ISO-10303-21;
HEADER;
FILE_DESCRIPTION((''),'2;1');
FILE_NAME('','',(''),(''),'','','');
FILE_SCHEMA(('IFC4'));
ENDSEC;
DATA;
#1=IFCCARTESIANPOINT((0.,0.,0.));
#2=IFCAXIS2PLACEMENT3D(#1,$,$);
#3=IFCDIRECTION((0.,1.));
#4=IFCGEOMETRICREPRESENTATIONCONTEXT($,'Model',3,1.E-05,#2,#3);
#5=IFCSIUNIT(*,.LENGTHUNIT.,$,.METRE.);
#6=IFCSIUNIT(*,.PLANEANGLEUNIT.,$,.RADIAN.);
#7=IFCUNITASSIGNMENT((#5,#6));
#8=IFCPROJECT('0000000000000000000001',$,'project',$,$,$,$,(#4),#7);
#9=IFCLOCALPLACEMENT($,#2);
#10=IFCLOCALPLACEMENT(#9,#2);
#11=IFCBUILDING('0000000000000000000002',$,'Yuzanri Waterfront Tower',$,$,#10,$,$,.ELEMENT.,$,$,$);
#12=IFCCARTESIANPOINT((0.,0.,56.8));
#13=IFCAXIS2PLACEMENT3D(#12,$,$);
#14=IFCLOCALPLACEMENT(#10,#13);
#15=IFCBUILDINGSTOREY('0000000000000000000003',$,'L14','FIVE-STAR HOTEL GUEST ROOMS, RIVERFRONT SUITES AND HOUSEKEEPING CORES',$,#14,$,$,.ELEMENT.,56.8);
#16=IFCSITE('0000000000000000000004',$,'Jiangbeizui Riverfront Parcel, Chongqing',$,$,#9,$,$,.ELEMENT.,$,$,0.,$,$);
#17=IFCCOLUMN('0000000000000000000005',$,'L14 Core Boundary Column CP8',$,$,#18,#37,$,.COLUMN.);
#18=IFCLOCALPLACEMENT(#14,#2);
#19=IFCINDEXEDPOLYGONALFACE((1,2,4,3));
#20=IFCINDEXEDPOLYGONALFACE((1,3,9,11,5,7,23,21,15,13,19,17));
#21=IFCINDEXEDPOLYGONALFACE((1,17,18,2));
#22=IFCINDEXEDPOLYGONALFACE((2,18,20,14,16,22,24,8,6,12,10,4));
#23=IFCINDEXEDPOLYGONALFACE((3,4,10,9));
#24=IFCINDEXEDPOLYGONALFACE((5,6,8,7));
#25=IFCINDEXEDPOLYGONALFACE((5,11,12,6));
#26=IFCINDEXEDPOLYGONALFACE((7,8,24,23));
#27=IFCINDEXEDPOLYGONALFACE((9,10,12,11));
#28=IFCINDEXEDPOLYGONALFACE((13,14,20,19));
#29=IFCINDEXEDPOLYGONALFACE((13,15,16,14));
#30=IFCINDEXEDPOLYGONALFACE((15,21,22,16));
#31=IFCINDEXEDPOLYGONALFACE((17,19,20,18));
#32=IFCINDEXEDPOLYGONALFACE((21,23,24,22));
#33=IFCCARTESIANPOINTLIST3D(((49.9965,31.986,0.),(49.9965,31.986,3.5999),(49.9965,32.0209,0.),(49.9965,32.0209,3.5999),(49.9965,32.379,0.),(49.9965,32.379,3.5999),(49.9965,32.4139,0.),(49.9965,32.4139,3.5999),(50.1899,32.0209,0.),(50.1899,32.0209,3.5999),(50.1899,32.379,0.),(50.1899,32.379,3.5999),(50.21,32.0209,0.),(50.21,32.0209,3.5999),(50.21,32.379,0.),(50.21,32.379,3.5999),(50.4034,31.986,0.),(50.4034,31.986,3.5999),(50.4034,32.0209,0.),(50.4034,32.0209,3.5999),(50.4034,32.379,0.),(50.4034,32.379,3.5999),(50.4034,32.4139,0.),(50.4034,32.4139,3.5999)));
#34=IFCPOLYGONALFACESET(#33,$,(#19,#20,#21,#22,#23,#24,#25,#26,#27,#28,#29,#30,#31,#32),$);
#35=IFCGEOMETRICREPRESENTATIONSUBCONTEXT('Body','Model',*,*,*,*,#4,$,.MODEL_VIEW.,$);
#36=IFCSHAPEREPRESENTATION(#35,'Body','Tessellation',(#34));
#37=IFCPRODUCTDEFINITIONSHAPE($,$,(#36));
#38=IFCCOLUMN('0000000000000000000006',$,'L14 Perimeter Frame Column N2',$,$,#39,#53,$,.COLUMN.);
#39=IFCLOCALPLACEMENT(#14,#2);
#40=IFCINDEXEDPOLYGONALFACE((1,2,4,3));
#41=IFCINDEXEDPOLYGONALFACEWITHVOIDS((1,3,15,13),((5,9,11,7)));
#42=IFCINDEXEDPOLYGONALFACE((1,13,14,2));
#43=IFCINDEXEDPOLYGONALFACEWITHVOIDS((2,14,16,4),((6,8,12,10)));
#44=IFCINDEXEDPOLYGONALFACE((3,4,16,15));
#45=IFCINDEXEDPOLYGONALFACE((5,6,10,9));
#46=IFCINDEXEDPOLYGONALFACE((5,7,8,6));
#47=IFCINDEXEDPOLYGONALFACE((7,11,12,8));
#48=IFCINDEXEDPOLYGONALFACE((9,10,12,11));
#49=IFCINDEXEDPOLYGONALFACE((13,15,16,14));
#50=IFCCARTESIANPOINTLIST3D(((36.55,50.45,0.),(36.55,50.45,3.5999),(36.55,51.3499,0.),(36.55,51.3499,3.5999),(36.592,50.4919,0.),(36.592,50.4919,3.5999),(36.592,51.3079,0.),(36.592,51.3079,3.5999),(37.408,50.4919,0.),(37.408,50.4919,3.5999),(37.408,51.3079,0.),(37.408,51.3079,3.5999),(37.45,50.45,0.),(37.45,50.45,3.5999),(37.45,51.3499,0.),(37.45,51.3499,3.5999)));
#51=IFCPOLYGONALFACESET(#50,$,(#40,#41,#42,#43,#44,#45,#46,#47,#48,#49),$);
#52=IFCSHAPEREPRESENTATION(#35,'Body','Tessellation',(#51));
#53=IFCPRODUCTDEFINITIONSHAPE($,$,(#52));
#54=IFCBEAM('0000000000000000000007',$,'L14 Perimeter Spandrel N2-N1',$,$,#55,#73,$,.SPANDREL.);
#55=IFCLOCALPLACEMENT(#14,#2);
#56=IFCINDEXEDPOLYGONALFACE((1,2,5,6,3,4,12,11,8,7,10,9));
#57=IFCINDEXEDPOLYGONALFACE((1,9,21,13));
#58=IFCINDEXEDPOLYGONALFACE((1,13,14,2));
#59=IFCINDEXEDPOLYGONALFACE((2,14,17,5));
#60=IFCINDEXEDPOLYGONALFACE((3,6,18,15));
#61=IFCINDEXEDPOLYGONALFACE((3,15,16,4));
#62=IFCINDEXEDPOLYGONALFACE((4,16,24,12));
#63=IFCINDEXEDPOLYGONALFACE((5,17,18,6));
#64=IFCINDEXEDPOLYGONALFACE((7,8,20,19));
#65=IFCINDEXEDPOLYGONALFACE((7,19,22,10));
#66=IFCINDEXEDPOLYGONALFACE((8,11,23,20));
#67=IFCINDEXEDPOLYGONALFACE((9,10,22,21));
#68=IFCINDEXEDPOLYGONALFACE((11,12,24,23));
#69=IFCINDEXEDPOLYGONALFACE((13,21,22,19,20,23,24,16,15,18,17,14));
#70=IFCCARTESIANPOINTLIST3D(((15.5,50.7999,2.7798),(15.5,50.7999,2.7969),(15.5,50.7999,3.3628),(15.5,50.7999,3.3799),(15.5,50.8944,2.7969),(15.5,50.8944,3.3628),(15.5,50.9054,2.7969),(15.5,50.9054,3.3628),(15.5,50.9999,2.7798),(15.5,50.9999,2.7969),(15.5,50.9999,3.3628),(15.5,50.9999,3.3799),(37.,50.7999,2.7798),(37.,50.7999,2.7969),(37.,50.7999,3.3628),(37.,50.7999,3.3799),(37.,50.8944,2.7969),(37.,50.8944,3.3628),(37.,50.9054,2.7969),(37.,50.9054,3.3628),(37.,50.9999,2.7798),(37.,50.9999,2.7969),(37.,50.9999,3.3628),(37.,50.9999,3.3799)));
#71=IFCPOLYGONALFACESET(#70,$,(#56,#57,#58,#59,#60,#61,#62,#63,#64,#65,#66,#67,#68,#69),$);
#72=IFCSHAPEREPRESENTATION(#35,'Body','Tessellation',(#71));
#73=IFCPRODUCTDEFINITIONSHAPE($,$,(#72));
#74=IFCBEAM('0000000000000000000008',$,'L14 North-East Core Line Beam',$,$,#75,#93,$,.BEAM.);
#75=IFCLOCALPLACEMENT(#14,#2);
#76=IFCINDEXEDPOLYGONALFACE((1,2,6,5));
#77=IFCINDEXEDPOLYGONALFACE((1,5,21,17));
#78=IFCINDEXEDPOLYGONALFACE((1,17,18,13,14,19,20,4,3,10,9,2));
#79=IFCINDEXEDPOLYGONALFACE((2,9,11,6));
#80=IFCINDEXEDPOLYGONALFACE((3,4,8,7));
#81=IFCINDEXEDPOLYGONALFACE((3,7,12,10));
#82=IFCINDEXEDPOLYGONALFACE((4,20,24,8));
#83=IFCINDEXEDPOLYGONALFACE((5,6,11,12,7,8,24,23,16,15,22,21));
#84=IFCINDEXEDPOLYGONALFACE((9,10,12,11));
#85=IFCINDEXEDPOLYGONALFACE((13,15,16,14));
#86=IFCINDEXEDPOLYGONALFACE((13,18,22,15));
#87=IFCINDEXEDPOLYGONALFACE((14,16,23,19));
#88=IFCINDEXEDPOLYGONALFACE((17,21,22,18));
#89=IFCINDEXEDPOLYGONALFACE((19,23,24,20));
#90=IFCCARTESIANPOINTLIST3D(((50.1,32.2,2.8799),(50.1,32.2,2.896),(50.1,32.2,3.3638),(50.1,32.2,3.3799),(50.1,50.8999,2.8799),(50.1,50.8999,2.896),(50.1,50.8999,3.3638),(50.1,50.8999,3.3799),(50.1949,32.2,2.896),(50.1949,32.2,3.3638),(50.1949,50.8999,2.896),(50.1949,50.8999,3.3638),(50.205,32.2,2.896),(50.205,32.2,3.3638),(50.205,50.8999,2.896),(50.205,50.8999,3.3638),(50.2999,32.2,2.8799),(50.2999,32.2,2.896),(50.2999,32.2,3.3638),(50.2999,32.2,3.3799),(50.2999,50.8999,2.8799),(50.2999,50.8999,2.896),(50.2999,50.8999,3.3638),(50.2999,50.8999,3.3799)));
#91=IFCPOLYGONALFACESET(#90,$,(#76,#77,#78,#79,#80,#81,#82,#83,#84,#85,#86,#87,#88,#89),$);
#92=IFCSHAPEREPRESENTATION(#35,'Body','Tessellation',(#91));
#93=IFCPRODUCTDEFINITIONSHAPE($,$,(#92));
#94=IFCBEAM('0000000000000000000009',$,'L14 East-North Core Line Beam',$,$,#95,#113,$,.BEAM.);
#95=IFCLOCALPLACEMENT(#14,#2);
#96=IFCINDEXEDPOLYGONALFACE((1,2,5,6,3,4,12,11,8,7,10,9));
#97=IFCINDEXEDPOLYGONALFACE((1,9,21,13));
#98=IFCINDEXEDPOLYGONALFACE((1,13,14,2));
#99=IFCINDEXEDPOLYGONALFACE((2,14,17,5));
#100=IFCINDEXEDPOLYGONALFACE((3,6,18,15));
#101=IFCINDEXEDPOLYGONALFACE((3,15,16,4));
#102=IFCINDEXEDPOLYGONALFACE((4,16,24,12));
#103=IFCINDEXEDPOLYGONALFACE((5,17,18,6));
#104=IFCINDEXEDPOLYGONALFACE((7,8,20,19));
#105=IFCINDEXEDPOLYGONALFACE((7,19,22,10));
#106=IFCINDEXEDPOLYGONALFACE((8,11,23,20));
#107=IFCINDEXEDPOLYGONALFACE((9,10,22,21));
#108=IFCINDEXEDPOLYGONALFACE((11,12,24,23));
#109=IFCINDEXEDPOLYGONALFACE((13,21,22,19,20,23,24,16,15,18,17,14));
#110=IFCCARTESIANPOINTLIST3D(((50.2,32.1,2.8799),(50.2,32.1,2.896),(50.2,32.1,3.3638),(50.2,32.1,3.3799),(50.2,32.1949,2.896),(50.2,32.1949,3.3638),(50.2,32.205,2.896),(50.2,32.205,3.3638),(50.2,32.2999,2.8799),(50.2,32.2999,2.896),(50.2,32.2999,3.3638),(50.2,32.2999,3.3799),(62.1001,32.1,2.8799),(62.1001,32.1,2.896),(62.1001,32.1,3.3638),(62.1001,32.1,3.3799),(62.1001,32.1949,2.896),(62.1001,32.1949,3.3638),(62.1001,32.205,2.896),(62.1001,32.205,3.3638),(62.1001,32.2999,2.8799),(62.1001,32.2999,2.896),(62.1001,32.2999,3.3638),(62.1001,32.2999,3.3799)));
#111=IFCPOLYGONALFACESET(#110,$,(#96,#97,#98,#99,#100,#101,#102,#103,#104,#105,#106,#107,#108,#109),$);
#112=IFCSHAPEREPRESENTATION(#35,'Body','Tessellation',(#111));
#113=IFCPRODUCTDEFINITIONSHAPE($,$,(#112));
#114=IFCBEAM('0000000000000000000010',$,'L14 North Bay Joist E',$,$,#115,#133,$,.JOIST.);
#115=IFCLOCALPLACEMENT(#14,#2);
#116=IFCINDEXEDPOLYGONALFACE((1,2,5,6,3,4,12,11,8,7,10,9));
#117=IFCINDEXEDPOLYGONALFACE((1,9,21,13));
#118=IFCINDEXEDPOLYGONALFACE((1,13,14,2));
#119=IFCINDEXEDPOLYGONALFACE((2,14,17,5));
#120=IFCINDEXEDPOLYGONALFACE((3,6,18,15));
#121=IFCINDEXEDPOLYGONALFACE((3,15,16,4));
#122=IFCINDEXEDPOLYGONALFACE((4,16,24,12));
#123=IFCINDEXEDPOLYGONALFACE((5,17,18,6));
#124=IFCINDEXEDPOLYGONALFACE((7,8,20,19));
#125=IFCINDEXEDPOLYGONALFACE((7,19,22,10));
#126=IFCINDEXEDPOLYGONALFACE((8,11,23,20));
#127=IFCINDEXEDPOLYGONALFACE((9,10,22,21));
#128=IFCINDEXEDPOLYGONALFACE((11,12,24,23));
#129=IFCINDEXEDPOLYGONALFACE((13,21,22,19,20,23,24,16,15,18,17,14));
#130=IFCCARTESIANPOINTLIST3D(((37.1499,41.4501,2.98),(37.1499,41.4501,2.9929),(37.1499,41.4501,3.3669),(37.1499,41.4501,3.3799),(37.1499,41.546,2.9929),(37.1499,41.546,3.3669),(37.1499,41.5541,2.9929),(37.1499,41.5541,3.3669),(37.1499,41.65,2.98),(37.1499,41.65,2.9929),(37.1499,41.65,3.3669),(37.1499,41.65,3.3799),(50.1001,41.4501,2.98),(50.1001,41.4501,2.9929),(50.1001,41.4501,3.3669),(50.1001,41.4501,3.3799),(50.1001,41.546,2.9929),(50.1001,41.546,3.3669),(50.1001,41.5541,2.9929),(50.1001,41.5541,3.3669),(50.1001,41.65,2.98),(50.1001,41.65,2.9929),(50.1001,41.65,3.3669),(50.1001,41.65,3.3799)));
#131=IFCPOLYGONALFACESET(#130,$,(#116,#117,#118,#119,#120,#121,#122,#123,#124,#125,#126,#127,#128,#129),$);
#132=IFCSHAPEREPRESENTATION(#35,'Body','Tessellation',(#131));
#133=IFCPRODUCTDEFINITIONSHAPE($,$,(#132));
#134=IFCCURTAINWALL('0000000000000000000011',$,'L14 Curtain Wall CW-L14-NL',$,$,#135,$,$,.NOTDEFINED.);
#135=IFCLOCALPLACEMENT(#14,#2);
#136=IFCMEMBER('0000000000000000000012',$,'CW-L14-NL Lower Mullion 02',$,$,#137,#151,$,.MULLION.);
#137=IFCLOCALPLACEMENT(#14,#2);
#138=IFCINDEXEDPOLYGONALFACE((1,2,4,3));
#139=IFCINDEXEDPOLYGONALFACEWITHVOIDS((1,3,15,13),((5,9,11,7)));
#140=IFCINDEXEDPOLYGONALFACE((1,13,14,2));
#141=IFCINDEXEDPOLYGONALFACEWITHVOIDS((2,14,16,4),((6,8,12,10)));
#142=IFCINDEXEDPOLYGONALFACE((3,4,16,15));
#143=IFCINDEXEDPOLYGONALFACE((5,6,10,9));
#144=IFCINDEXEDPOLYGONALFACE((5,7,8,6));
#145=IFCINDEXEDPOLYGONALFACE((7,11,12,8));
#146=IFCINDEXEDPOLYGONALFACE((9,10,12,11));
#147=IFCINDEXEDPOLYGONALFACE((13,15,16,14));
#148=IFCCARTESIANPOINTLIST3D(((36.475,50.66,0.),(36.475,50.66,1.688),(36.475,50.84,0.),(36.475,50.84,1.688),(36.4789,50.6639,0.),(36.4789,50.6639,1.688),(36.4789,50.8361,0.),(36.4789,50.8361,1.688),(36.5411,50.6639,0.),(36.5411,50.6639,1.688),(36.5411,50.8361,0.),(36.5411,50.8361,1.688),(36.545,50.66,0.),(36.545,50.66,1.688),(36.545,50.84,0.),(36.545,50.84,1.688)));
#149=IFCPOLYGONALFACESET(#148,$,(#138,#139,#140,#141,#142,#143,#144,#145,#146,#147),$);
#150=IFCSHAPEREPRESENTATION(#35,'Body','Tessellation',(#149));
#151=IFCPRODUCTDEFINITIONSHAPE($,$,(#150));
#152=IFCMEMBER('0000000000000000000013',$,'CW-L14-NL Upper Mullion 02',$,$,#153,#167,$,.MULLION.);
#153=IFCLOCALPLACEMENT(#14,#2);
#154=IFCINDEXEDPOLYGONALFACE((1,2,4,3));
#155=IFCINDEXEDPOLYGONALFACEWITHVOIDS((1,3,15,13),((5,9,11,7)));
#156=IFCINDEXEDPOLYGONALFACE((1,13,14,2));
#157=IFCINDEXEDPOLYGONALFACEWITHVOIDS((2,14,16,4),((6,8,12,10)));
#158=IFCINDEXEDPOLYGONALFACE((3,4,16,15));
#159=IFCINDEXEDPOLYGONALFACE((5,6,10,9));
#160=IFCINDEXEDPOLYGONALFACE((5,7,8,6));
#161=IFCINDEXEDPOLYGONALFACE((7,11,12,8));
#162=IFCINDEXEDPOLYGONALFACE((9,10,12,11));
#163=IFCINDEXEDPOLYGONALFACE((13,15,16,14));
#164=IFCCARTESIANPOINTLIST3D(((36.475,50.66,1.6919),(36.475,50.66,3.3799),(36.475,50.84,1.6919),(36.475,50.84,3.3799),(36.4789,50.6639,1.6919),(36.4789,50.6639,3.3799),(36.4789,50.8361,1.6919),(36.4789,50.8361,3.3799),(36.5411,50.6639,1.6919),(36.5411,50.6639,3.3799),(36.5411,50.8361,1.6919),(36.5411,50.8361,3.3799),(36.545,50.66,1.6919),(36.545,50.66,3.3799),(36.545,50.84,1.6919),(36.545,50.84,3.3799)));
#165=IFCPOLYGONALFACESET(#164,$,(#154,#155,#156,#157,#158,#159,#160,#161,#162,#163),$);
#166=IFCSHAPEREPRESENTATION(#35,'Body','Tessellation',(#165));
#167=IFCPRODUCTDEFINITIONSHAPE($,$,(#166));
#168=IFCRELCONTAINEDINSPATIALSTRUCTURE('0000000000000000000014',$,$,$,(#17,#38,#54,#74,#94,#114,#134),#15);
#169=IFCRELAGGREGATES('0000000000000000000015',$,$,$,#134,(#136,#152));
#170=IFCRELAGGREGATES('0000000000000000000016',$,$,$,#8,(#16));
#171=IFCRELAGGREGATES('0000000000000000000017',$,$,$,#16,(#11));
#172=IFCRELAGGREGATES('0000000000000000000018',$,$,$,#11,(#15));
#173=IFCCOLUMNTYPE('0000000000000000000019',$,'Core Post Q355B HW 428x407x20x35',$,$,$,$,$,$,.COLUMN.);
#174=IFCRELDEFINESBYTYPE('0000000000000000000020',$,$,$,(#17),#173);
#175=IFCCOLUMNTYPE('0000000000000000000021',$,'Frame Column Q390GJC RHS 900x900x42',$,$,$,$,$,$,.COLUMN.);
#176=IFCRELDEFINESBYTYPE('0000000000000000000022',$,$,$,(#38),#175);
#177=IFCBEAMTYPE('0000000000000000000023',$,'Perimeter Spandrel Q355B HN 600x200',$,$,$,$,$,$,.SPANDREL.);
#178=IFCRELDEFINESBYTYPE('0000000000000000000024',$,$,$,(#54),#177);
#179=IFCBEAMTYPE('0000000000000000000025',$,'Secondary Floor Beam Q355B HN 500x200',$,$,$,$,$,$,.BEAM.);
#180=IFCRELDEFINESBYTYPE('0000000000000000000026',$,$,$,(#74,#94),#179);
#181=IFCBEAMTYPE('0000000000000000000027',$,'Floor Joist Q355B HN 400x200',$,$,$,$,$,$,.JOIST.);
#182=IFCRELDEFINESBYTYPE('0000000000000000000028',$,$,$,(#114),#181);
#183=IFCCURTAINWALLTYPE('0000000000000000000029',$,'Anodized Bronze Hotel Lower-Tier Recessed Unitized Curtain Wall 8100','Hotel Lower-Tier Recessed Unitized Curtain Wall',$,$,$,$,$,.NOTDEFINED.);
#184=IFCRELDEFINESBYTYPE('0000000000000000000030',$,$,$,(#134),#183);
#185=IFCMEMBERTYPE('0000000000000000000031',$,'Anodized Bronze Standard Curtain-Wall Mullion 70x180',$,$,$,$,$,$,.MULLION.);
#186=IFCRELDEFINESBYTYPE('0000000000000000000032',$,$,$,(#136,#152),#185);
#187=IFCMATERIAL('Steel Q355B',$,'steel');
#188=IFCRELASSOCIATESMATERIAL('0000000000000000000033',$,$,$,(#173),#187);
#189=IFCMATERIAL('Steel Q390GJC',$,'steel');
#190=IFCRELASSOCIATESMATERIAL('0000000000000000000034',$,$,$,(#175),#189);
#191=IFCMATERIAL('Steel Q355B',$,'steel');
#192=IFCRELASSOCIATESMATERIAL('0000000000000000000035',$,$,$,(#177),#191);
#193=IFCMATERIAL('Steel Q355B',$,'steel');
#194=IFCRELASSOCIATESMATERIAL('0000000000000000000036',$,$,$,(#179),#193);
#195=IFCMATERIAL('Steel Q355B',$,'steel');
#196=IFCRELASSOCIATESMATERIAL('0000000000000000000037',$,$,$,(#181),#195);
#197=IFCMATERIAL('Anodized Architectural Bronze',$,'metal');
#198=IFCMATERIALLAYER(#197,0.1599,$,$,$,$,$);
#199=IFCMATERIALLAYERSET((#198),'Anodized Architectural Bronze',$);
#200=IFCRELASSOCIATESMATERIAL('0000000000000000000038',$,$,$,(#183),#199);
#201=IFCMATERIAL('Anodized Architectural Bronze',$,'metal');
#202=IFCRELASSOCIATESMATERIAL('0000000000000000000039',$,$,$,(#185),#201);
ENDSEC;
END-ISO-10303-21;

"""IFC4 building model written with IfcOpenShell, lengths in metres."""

from ifc_helpers import new_model, si_unit, direction, frame, origin, origin_2d, place, context, subcontext, project, spatial, hollow_rectangle, i_section, extrude, source, transform, mapped, material, layer, layer_set, material_profile, profile_set, type_object, element, aggregate, save


model = new_model("IFC4")

# Units and contexts
model_context = context("Model", 3, precision=1e-05, world=origin(), true_north=direction((0.0, 1.0)))
body_context = subcontext(model_context, "Body", "Model", "MODEL_VIEW")
ifc_project = project(units=[si_unit("LENGTHUNIT", "METRE"), si_unit("PLANEANGLEUNIT", "RADIAN")], contexts=[model_context])

# Site, building, storey
site_placement = place(None, origin())
site = spatial("IfcSite", under=ifc_project, at=site_placement, Name="Jiangbeizui Riverfront Parcel, Chongqing", CompositionType="ELEMENT", RefElevation=0.0)
building_placement = place(site_placement, origin())
building = spatial("IfcBuilding", under=site, at=building_placement, Name="Yuzanri Waterfront Tower", CompositionType="ELEMENT")
storey_placement = place(building_placement, frame((0.0, 0.0, 56.8)))
storey = spatial("IfcBuildingStorey", under=building, at=storey_placement, Name="L14", Description="FIVE-STAR HOTEL GUEST ROOMS, RIVERFRONT SUITES AND HOUSEKEEPING CORES", CompositionType="ELEMENT", Elevation=56.8)

# Columns
ifc_material_1 = material(Name="Steel Q355B", Category="steel")
ifc_material_profile_1 = material_profile(ifc_material_1, i_section(OverallWidth=0.407, OverallDepth=0.428, WebThickness=0.02, FlangeThickness=0.0349, at=origin_2d()), Name="HW 428x407x20x35")
ifc_profile_set_1 = profile_set([ifc_material_profile_1], Name="Steel Q355B")
column_type_1 = type_object("IfcColumnType", Name="Core Post Q355B HW 428x407x20x35", PredefinedType="COLUMN", material=ifc_profile_set_1)
shared_shape_1 = source(origin(), body_context, "Body", "SweptSolid", [
    extrude(i_section(OverallWidth=0.407, OverallDepth=0.428, WebThickness=0.02, FlangeThickness=0.0349, at=origin_2d()), origin(), (0.0, 0.0, 1.0), 3.5999),
])
column_1_placement = place(storey_placement, frame((50.2, 32.2, 0.0), z_axis=(0.0, 0.0, 1.0), x_axis=(1.0, 0.0, 0.0)))
element("IfcColumn", 1, at=column_1_placement, inside=storey, type_object=column_type_1, Name="L14 Core Boundary Column CP8", PredefinedType="COLUMN", context=body_context, shape_type="MappedRepresentation", body=[
    mapped(shared_shape_1, transform((0.0, 0.0, 0.0), scale=1.0)),
])
ifc_material_2 = material(Name="Steel Q390GJC", Category="steel")
ifc_material_profile_2 = material_profile(ifc_material_2, hollow_rectangle(XDim=0.8999, YDim=0.8999, WallThickness=0.042, at=origin_2d()), Name="RHS 900x900x42")
ifc_profile_set_2 = profile_set([ifc_material_profile_2], Name="Steel Q390GJC")
column_type_2 = type_object("IfcColumnType", Name="Frame Column Q390GJC RHS 900x900x42", PredefinedType="COLUMN", material=ifc_profile_set_2)
shared_shape_2 = source(origin(), body_context, "Body", "SweptSolid", [
    extrude(hollow_rectangle(XDim=0.8999, YDim=0.8999, WallThickness=0.042, at=origin_2d()), origin(), (0.0, 0.0, 1.0), 3.5999),
])
column_2_placement = place(storey_placement, frame((37.0, 50.8999, 0.0), z_axis=(0.0, 0.0, 1.0), x_axis=(1.0, 0.0, 0.0)))
element("IfcColumn", 2, at=column_2_placement, inside=storey, type_object=column_type_2, Name="L14 Perimeter Frame Column N2", PredefinedType="COLUMN", context=body_context, shape_type="MappedRepresentation", body=[
    mapped(shared_shape_2, transform((0.0, 0.0, 0.0), scale=1.0)),
])

# Beams
ifc_material_3 = material(Name="Steel Q355B", Category="steel")
ifc_material_profile_3 = material_profile(ifc_material_3, i_section(OverallWidth=0.2, OverallDepth=0.6001, WebThickness=0.011, FlangeThickness=0.0171, at=origin_2d()), Name="HN 600x200x11x17")
ifc_profile_set_3 = profile_set([ifc_material_profile_3], Name="Steel Q355B")
beam_type_1 = type_object("IfcBeamType", Name="Perimeter Spandrel Q355B HN 600x200", PredefinedType="SPANDREL", material=ifc_profile_set_3)
shared_shape_3 = source(origin(), body_context, "Body", "SweptSolid", [
    extrude(i_section(OverallWidth=0.2, OverallDepth=0.6001, WebThickness=0.011, FlangeThickness=0.0171, at=origin_2d()), origin(), (0.0, 0.0, 1.0), 21.5),
])
beam_1_placement = place(storey_placement, frame((37.0, 50.8999, 3.0798), z_axis=(-1.0, 0.0, 0.0), x_axis=(0.0, -1.0, 0.0)))
element("IfcBeam", 3, at=beam_1_placement, inside=storey, type_object=beam_type_1, Name="L14 Perimeter Spandrel N2-N1", PredefinedType="SPANDREL", context=body_context, shape_type="MappedRepresentation", body=[
    mapped(shared_shape_3, transform((0.0, 0.0, 0.0), scale=1.0)),
])
ifc_material_4 = material(Name="Steel Q355B", Category="steel")
ifc_material_profile_4 = material_profile(ifc_material_4, i_section(OverallWidth=0.2, OverallDepth=0.5, WebThickness=0.01, FlangeThickness=0.0161, at=origin_2d()), Name="HN 500x200x10x16")
ifc_profile_set_4 = profile_set([ifc_material_profile_4], Name="Steel Q355B")
beam_type_2 = type_object("IfcBeamType", Name="Secondary Floor Beam Q355B HN 500x200", PredefinedType="BEAM", material=ifc_profile_set_4)
shared_shape_4 = source(origin(), body_context, "Body", "SweptSolid", [
    extrude(i_section(OverallWidth=0.2, OverallDepth=0.5, WebThickness=0.01, FlangeThickness=0.0161, at=origin_2d()), origin(), (0.0, 0.0, 1.0), 18.7),
])
beam_2_placement = place(storey_placement, frame((50.2, 32.2, 3.1299), z_axis=(0.0, 1.0, 0.0), x_axis=(-1.0, 0.0, 0.0)))
element("IfcBeam", 4, at=beam_2_placement, inside=storey, type_object=beam_type_2, Name="L14 North-East Core Line Beam", PredefinedType="BEAM", context=body_context, shape_type="MappedRepresentation", body=[
    mapped(shared_shape_4, transform((0.0, 0.0, 0.0), scale=1.0)),
])
shared_shape_5 = source(origin(), body_context, "Body", "SweptSolid", [
    extrude(i_section(OverallWidth=0.2, OverallDepth=0.5, WebThickness=0.01, FlangeThickness=0.0161, at=origin_2d()), origin(), (0.0, 0.0, 1.0), 11.9001),
])
beam_3_placement = place(storey_placement, frame((50.2, 32.2, 3.1299), z_axis=(1.0, 0.0, 0.0), x_axis=(0.0, 1.0, 0.0)))
element("IfcBeam", 5, at=beam_3_placement, inside=storey, type_object=beam_type_2, Name="L14 East-North Core Line Beam", PredefinedType="BEAM", context=body_context, shape_type="MappedRepresentation", body=[
    mapped(shared_shape_5, transform((0.0, 0.0, 0.0), scale=1.0)),
])
ifc_material_5 = material(Name="Steel Q355B", Category="steel")
ifc_material_profile_5 = material_profile(ifc_material_5, i_section(OverallWidth=0.2, OverallDepth=0.3999, WebThickness=0.0081, FlangeThickness=0.0129, at=origin_2d()), Name="HN 400x200x8x13")
ifc_profile_set_5 = profile_set([ifc_material_profile_5], Name="Steel Q355B")
beam_type_3 = type_object("IfcBeamType", Name="Floor Joist Q355B HN 400x200", PredefinedType="JOIST", material=ifc_profile_set_5)
shared_shape_6 = source(origin(), body_context, "Body", "SweptSolid", [
    extrude(i_section(OverallWidth=0.2, OverallDepth=0.3999, WebThickness=0.0081, FlangeThickness=0.0129, at=origin_2d()), origin(), (0.0, 0.0, 1.0), 12.9502),
])
beam_4_placement = place(storey_placement, frame((37.1499, 41.55, 3.1799), z_axis=(1.0, 0.0, 0.0), x_axis=(0.0, 1.0, 0.0)))
element("IfcBeam", 6, at=beam_4_placement, inside=storey, type_object=beam_type_3, Name="L14 North Bay Joist E", PredefinedType="JOIST", context=body_context, shape_type="MappedRepresentation", body=[
    mapped(shared_shape_6, transform((0.0, 0.0, 0.0), scale=1.0)),
])

# Curtain wall, members
ifc_material_6 = material(Name="Anodized Architectural Bronze", Category="metal")
ifc_layer_1 = layer(ifc_material_6, 0.1599)
ifc_layer_set_1 = layer_set([ifc_layer_1], Name="Anodized Architectural Bronze")
curtain_wall_type = type_object("IfcCurtainWallType", Name="Anodized Bronze Hotel Lower-Tier Recessed Unitized Curtain Wall 8100", Description="Hotel Lower-Tier Recessed Unitized Curtain Wall", PredefinedType="NOTDEFINED", material=ifc_layer_set_1)
curtain_wall_1_placement = place(storey_placement, origin())
curtain_wall_1 = element("IfcCurtainWall", 7, at=curtain_wall_1_placement, inside=storey, type_object=curtain_wall_type, Name="L14 Curtain Wall CW-L14-NL", PredefinedType="NOTDEFINED")
ifc_material_7 = material(Name="Anodized Architectural Bronze", Category="metal")
ifc_material_profile_6 = material_profile(ifc_material_7, hollow_rectangle(XDim=0.0701, YDim=0.1799, WallThickness=0.0039, at=origin_2d()), Name="CWM 70x180")
ifc_profile_set_6 = profile_set([ifc_material_profile_6], Name="Anodized Architectural Bronze")
member_type_1 = type_object("IfcMemberType", Name="Anodized Bronze Standard Curtain-Wall Mullion 70x180", PredefinedType="MULLION", material=ifc_profile_set_6)
shared_shape_7 = source(origin(), body_context, "Body", "SweptSolid", [
    extrude(hollow_rectangle(XDim=0.0701, YDim=0.1799, WallThickness=0.0039, at=origin_2d()), origin(), (0.0, 0.0, 1.0), 1.688),
])
member_1_placement = place(storey_placement, frame((36.51, 50.75, 0.0), z_axis=(0.0, 0.0, 1.0), x_axis=(1.0, 0.0, 0.0)))
member_1 = element("IfcMember", 8, at=member_1_placement, type_object=member_type_1, Name="CW-L14-NL Lower Mullion 02", PredefinedType="MULLION", context=body_context, shape_type="MappedRepresentation", body=[
    mapped(shared_shape_7, transform((0.0, 0.0, 0.0), scale=1.0)),
])
member_2_placement = place(storey_placement, frame((36.51, 50.75, 1.6919), z_axis=(0.0, 0.0, 1.0), x_axis=(1.0, 0.0, 0.0)))
member_2 = element("IfcMember", 9, at=member_2_placement, type_object=member_type_1, Name="CW-L14-NL Upper Mullion 02", PredefinedType="MULLION", context=body_context, shape_type="MappedRepresentation", body=[
    mapped(shared_shape_7, transform((0.0, 0.0, 0.0), scale=1.0)),
])
aggregate(curtain_wall_1, [member_1, member_2])

save(model, "model.ifc")
